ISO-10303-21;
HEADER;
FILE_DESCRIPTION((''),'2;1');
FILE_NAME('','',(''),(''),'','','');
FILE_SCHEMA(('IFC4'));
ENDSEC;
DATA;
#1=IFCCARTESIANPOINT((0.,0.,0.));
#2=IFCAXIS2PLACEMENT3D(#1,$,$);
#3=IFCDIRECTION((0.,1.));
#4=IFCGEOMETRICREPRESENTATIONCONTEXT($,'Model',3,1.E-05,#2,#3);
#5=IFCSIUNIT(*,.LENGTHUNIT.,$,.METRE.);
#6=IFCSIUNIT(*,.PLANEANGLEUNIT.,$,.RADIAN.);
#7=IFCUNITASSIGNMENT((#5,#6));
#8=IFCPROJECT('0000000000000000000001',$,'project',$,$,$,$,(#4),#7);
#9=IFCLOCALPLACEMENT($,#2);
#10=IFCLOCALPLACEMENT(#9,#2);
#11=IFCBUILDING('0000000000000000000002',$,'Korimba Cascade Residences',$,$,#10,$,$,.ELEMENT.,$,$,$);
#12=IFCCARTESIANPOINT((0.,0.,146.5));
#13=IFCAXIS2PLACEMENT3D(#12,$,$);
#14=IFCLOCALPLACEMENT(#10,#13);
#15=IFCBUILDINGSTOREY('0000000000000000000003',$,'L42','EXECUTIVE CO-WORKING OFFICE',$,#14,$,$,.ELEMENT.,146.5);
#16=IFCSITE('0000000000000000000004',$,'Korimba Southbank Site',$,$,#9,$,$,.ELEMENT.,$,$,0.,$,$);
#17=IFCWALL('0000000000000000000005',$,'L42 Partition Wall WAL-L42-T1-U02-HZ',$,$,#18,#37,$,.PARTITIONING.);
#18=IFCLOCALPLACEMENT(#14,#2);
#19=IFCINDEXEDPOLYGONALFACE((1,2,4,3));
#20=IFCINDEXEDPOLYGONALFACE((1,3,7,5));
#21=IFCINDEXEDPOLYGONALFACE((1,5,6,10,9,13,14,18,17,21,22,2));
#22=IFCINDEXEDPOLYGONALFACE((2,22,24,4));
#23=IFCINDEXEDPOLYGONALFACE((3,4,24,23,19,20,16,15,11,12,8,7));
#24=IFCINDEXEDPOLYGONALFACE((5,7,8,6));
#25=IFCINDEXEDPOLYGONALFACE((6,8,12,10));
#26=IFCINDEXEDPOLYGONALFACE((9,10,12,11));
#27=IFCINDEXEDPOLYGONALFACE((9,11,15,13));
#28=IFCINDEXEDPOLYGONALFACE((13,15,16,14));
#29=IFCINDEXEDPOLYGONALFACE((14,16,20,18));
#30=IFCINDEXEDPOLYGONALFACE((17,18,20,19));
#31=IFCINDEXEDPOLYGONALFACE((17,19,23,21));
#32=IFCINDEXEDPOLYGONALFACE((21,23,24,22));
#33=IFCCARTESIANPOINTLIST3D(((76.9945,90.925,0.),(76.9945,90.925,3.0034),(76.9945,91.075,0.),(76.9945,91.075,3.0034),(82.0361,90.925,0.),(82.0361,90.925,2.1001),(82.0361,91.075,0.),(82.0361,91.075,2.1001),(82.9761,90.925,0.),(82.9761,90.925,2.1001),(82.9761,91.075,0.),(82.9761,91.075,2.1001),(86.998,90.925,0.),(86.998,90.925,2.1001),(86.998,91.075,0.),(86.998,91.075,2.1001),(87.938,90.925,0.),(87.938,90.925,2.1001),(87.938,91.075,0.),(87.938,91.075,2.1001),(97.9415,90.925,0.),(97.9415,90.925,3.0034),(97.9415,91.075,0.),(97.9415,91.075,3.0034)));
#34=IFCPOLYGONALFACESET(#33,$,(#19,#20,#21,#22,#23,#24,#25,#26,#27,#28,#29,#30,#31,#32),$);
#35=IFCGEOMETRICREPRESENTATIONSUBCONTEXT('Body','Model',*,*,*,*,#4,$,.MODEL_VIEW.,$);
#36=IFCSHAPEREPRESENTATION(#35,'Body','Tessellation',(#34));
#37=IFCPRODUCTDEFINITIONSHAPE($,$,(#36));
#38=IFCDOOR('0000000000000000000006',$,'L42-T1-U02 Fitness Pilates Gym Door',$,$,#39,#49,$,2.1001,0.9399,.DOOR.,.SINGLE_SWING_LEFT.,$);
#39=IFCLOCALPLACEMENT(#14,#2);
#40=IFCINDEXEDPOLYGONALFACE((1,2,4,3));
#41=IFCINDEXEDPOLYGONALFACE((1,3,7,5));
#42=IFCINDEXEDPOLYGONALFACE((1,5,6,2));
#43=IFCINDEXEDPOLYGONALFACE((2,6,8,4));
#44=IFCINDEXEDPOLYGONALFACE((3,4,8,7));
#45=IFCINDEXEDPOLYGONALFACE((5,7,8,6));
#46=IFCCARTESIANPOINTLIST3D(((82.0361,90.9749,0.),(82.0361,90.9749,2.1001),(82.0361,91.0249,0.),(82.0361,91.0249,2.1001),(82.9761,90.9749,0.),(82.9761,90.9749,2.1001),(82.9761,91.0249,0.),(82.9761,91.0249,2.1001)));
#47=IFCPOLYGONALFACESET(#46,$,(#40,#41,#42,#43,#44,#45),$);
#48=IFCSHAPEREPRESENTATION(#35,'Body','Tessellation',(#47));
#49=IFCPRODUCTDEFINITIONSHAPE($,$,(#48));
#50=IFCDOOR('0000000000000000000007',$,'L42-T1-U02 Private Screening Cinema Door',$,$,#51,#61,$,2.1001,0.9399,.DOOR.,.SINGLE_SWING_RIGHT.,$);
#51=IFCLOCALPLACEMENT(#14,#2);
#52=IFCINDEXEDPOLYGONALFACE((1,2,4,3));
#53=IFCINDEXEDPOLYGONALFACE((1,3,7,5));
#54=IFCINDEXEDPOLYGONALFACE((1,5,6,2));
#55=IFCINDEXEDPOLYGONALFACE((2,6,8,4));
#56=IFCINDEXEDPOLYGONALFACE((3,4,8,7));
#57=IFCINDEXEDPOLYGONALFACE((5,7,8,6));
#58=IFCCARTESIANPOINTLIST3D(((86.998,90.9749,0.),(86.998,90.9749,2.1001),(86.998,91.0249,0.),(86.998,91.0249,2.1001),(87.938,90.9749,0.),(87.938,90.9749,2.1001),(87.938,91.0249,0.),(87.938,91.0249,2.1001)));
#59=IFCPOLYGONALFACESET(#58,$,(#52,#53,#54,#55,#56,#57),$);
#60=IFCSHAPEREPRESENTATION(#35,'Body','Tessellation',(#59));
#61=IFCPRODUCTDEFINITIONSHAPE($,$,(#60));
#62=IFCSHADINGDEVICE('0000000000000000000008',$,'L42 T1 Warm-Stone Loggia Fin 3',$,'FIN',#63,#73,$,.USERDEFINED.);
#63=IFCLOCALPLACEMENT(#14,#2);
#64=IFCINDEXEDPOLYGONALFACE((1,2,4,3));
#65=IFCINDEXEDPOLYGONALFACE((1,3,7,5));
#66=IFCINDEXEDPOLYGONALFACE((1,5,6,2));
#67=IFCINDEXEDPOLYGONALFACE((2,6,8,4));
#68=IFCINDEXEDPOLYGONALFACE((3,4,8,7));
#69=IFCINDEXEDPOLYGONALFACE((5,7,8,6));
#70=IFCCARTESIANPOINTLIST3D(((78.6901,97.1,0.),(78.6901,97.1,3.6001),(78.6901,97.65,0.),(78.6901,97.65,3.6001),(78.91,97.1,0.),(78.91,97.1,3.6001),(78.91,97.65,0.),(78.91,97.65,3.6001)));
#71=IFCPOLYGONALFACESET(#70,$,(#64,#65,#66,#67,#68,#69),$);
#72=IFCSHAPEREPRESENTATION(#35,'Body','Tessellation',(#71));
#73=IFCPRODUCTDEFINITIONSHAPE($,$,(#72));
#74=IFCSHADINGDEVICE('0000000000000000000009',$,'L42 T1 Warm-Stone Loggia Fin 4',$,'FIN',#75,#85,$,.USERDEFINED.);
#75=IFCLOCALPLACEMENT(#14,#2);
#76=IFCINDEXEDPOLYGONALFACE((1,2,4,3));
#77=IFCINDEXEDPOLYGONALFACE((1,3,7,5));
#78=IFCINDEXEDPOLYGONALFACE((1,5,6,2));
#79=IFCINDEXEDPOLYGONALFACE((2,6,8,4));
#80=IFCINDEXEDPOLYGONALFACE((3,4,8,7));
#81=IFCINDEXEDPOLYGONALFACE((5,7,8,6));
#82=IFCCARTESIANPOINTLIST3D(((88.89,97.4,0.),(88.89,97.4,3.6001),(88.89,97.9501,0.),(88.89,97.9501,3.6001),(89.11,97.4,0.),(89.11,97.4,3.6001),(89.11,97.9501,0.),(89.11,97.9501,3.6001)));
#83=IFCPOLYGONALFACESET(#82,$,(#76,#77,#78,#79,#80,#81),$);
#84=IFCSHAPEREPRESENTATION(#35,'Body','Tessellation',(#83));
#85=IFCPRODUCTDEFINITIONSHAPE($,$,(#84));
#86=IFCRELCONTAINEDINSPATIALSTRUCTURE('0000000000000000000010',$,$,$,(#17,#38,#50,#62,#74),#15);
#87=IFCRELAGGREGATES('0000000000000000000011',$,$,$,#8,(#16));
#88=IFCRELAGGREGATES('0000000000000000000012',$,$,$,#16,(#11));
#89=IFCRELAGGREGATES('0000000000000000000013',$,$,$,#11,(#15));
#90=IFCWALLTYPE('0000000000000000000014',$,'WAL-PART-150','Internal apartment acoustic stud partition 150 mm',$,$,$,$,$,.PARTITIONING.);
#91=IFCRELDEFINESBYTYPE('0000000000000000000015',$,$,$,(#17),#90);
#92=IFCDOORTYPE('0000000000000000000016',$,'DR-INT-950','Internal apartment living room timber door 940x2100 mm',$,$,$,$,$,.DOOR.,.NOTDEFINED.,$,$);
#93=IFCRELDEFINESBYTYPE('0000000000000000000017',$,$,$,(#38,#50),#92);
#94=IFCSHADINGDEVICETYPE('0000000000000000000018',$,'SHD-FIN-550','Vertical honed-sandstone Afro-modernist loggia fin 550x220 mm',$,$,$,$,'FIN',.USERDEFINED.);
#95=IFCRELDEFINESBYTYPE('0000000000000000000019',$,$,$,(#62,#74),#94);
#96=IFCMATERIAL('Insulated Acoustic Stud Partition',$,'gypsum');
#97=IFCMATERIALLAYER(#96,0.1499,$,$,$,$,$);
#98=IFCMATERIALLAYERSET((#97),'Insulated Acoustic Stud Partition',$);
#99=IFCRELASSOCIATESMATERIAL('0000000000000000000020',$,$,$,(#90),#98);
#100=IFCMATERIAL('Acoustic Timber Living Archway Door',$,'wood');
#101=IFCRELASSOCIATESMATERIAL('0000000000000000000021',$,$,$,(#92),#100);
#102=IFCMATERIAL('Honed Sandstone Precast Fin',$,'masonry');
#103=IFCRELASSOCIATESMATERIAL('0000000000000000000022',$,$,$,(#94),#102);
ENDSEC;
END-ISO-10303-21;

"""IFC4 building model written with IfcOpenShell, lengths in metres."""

from ifc_helpers import new_model, si_unit, direction, frame, frame_2d, origin, origin_2d, place, context, subcontext, project, spatial, rectangle, extrude, material, layer, layer_set, type_object, element, fill, save


model = new_model("IFC4")

# Units and contexts
model_context = context("Model", 3, precision=1e-05, world=origin(), true_north=direction((0.0, 1.0)))
body_context = subcontext(model_context, "Body", "Model", "MODEL_VIEW")
ifc_project = project(units=[si_unit("LENGTHUNIT", "METRE"), si_unit("PLANEANGLEUNIT", "RADIAN")], contexts=[model_context])

# Site, building, storey
site_placement = place(None, origin())
site = spatial("IfcSite", under=ifc_project, at=site_placement, Name="Korimba Southbank Site", CompositionType="ELEMENT", RefElevation=0.0)
building_placement = place(site_placement, origin())
building = spatial("IfcBuilding", under=site, at=building_placement, Name="Korimba Cascade Residences", CompositionType="ELEMENT")
storey_placement = place(building_placement, frame((0.0, 0.0, 146.5)))
storey = spatial("IfcBuildingStorey", under=building, at=storey_placement, Name="L42", Description="EXECUTIVE CO-WORKING OFFICE", CompositionType="ELEMENT", Elevation=146.5)

# Shared definitions
ifc_material_1 = material(Name="Insulated Acoustic Stud Partition", Category="gypsum")
ifc_layer = layer(ifc_material_1, 0.1499)
ifc_layer_set = layer_set([ifc_layer], Name="Insulated Acoustic Stud Partition")
wall_type = type_object("IfcWallType", Name="WAL-PART-150", Description="Internal apartment acoustic stud partition 150 mm", PredefinedType="PARTITIONING", material=ifc_layer_set)

# Wall, openings, doors
wall_1_placement = place(storey_placement, frame((76.9944, 91.0, 0.0), z_axis=(0.0, 0.0, 1.0), x_axis=(1.0, 0.0, 0.0)))
wall_1 = element("IfcWall", 1, at=wall_1_placement, inside=storey, type_object=wall_type, Name="L42 Partition Wall WAL-L42-T1-U02-HZ", PredefinedType="PARTITIONING", context=body_context, shape_type="SweptSolid", body=[
    extrude(rectangle(XDim=20.947, YDim=0.1499, at=frame_2d((10.4736, 0.0))), origin(), (0.0, 0.0, 1.0), 3.0034),
])
opening_1_placement = place(wall_1_placement, frame((5.0417, 0.0, 0.0)))
opening_1 = element("IfcOpeningElement", 2, at=opening_1_placement, cuts=wall_1, PredefinedType="OPENING", context=body_context, shape_type="SweptSolid", body=[
    extrude(rectangle(XDim=0.9399, YDim=2.1001, at=frame_2d((0.47, 1.05))), frame((0.0, 0.085, 0.0), z_axis=(0.0, -1.0, 0.0), x_axis=(1.0, 0.0, 0.0)), (0.0, 0.0, 1.0), 0.1699),
])
opening_2_placement = place(wall_1_placement, frame((10.0037, 0.0, 0.0)))
opening_2 = element("IfcOpeningElement", 3, at=opening_2_placement, cuts=wall_1, PredefinedType="OPENING", context=body_context, shape_type="SweptSolid", body=[
    extrude(rectangle(XDim=0.9399, YDim=2.1001, at=frame_2d((0.47, 1.05))), frame((0.0, 0.085, 0.0), z_axis=(0.0, -1.0, 0.0), x_axis=(1.0, 0.0, 0.0)), (0.0, 0.0, 1.0), 0.1699),
])
ifc_material_2 = material(Name="Acoustic Timber Living Archway Door", Category="wood")
door_type = type_object("IfcDoorType", Name="DR-INT-950", Description="Internal apartment living room timber door 940x2100 mm", OperationType="NOTDEFINED", PredefinedType="DOOR", material=ifc_material_2)
door_1_placement = place(opening_1_placement, origin())
door_1 = element("IfcDoor", 4, at=door_1_placement, inside=storey, type_object=door_type, Name="L42-T1-U02 Fitness Pilates Gym Door", OperationType="SINGLE_SWING_LEFT", OverallHeight=2.1001, OverallWidth=0.9399, PredefinedType="DOOR", context=body_context, shape_type="SweptSolid", body=[
    extrude(rectangle(XDim=0.9399, YDim=2.1001, at=frame_2d((0.47, 1.05))), frame((0.0, 0.0249, 0.0), z_axis=(0.0, -1.0, 0.0), x_axis=(1.0, 0.0, 0.0)), (0.0, 0.0, 1.0), 0.05),
])
fill(opening_1, door_1)
door_2_placement = place(opening_2_placement, origin())
door_2 = element("IfcDoor", 5, at=door_2_placement, inside=storey, type_object=door_type, Name="L42-T1-U02 Private Screening Cinema Door", OperationType="SINGLE_SWING_RIGHT", OverallHeight=2.1001, OverallWidth=0.9399, PredefinedType="DOOR", context=body_context, shape_type="SweptSolid", body=[
    extrude(rectangle(XDim=0.9399, YDim=2.1001, at=frame_2d((0.47, 1.05))), frame((0.0, 0.0249, 0.0), z_axis=(0.0, -1.0, 0.0), x_axis=(1.0, 0.0, 0.0)), (0.0, 0.0, 1.0), 0.05),
])
fill(opening_2, door_2)

# Shading devices
ifc_material_3 = material(Name="Honed Sandstone Precast Fin", Category="masonry")
shading_device_type = type_object("IfcShadingDeviceType", Name="SHD-FIN-550", Description="Vertical honed-sandstone Afro-modernist loggia fin 550x220 mm", ElementType="FIN", PredefinedType="USERDEFINED", material=ifc_material_3)
for number, where, z_axis, x_axis, name in (
    (6, (78.8, 97.375, 0.0), (0.0, 0.0, 1.0), (1.0, 0.0, 0.0), "L42 T1 Warm-Stone Loggia Fin 3"),
    (7, (89.0, 97.675, 0.0), (0.0, 0.0, 1.0), (1.0, 0.0, 0.0), "L42 T1 Warm-Stone Loggia Fin 4"),
):
    element("IfcShadingDevice", number, at=place(storey_placement, frame(where, z_axis=z_axis, x_axis=x_axis)), inside=storey, type_object=shading_device_type, Name=name, ObjectType="FIN", PredefinedType="USERDEFINED", context=body_context, shape_type="SweptSolid", body=[
        extrude(rectangle(XDim=0.22, YDim=0.55, at=origin_2d()), origin(), (0.0, 0.0, 1.0), 3.6001),
    ])

save(model, "model.ifc")
